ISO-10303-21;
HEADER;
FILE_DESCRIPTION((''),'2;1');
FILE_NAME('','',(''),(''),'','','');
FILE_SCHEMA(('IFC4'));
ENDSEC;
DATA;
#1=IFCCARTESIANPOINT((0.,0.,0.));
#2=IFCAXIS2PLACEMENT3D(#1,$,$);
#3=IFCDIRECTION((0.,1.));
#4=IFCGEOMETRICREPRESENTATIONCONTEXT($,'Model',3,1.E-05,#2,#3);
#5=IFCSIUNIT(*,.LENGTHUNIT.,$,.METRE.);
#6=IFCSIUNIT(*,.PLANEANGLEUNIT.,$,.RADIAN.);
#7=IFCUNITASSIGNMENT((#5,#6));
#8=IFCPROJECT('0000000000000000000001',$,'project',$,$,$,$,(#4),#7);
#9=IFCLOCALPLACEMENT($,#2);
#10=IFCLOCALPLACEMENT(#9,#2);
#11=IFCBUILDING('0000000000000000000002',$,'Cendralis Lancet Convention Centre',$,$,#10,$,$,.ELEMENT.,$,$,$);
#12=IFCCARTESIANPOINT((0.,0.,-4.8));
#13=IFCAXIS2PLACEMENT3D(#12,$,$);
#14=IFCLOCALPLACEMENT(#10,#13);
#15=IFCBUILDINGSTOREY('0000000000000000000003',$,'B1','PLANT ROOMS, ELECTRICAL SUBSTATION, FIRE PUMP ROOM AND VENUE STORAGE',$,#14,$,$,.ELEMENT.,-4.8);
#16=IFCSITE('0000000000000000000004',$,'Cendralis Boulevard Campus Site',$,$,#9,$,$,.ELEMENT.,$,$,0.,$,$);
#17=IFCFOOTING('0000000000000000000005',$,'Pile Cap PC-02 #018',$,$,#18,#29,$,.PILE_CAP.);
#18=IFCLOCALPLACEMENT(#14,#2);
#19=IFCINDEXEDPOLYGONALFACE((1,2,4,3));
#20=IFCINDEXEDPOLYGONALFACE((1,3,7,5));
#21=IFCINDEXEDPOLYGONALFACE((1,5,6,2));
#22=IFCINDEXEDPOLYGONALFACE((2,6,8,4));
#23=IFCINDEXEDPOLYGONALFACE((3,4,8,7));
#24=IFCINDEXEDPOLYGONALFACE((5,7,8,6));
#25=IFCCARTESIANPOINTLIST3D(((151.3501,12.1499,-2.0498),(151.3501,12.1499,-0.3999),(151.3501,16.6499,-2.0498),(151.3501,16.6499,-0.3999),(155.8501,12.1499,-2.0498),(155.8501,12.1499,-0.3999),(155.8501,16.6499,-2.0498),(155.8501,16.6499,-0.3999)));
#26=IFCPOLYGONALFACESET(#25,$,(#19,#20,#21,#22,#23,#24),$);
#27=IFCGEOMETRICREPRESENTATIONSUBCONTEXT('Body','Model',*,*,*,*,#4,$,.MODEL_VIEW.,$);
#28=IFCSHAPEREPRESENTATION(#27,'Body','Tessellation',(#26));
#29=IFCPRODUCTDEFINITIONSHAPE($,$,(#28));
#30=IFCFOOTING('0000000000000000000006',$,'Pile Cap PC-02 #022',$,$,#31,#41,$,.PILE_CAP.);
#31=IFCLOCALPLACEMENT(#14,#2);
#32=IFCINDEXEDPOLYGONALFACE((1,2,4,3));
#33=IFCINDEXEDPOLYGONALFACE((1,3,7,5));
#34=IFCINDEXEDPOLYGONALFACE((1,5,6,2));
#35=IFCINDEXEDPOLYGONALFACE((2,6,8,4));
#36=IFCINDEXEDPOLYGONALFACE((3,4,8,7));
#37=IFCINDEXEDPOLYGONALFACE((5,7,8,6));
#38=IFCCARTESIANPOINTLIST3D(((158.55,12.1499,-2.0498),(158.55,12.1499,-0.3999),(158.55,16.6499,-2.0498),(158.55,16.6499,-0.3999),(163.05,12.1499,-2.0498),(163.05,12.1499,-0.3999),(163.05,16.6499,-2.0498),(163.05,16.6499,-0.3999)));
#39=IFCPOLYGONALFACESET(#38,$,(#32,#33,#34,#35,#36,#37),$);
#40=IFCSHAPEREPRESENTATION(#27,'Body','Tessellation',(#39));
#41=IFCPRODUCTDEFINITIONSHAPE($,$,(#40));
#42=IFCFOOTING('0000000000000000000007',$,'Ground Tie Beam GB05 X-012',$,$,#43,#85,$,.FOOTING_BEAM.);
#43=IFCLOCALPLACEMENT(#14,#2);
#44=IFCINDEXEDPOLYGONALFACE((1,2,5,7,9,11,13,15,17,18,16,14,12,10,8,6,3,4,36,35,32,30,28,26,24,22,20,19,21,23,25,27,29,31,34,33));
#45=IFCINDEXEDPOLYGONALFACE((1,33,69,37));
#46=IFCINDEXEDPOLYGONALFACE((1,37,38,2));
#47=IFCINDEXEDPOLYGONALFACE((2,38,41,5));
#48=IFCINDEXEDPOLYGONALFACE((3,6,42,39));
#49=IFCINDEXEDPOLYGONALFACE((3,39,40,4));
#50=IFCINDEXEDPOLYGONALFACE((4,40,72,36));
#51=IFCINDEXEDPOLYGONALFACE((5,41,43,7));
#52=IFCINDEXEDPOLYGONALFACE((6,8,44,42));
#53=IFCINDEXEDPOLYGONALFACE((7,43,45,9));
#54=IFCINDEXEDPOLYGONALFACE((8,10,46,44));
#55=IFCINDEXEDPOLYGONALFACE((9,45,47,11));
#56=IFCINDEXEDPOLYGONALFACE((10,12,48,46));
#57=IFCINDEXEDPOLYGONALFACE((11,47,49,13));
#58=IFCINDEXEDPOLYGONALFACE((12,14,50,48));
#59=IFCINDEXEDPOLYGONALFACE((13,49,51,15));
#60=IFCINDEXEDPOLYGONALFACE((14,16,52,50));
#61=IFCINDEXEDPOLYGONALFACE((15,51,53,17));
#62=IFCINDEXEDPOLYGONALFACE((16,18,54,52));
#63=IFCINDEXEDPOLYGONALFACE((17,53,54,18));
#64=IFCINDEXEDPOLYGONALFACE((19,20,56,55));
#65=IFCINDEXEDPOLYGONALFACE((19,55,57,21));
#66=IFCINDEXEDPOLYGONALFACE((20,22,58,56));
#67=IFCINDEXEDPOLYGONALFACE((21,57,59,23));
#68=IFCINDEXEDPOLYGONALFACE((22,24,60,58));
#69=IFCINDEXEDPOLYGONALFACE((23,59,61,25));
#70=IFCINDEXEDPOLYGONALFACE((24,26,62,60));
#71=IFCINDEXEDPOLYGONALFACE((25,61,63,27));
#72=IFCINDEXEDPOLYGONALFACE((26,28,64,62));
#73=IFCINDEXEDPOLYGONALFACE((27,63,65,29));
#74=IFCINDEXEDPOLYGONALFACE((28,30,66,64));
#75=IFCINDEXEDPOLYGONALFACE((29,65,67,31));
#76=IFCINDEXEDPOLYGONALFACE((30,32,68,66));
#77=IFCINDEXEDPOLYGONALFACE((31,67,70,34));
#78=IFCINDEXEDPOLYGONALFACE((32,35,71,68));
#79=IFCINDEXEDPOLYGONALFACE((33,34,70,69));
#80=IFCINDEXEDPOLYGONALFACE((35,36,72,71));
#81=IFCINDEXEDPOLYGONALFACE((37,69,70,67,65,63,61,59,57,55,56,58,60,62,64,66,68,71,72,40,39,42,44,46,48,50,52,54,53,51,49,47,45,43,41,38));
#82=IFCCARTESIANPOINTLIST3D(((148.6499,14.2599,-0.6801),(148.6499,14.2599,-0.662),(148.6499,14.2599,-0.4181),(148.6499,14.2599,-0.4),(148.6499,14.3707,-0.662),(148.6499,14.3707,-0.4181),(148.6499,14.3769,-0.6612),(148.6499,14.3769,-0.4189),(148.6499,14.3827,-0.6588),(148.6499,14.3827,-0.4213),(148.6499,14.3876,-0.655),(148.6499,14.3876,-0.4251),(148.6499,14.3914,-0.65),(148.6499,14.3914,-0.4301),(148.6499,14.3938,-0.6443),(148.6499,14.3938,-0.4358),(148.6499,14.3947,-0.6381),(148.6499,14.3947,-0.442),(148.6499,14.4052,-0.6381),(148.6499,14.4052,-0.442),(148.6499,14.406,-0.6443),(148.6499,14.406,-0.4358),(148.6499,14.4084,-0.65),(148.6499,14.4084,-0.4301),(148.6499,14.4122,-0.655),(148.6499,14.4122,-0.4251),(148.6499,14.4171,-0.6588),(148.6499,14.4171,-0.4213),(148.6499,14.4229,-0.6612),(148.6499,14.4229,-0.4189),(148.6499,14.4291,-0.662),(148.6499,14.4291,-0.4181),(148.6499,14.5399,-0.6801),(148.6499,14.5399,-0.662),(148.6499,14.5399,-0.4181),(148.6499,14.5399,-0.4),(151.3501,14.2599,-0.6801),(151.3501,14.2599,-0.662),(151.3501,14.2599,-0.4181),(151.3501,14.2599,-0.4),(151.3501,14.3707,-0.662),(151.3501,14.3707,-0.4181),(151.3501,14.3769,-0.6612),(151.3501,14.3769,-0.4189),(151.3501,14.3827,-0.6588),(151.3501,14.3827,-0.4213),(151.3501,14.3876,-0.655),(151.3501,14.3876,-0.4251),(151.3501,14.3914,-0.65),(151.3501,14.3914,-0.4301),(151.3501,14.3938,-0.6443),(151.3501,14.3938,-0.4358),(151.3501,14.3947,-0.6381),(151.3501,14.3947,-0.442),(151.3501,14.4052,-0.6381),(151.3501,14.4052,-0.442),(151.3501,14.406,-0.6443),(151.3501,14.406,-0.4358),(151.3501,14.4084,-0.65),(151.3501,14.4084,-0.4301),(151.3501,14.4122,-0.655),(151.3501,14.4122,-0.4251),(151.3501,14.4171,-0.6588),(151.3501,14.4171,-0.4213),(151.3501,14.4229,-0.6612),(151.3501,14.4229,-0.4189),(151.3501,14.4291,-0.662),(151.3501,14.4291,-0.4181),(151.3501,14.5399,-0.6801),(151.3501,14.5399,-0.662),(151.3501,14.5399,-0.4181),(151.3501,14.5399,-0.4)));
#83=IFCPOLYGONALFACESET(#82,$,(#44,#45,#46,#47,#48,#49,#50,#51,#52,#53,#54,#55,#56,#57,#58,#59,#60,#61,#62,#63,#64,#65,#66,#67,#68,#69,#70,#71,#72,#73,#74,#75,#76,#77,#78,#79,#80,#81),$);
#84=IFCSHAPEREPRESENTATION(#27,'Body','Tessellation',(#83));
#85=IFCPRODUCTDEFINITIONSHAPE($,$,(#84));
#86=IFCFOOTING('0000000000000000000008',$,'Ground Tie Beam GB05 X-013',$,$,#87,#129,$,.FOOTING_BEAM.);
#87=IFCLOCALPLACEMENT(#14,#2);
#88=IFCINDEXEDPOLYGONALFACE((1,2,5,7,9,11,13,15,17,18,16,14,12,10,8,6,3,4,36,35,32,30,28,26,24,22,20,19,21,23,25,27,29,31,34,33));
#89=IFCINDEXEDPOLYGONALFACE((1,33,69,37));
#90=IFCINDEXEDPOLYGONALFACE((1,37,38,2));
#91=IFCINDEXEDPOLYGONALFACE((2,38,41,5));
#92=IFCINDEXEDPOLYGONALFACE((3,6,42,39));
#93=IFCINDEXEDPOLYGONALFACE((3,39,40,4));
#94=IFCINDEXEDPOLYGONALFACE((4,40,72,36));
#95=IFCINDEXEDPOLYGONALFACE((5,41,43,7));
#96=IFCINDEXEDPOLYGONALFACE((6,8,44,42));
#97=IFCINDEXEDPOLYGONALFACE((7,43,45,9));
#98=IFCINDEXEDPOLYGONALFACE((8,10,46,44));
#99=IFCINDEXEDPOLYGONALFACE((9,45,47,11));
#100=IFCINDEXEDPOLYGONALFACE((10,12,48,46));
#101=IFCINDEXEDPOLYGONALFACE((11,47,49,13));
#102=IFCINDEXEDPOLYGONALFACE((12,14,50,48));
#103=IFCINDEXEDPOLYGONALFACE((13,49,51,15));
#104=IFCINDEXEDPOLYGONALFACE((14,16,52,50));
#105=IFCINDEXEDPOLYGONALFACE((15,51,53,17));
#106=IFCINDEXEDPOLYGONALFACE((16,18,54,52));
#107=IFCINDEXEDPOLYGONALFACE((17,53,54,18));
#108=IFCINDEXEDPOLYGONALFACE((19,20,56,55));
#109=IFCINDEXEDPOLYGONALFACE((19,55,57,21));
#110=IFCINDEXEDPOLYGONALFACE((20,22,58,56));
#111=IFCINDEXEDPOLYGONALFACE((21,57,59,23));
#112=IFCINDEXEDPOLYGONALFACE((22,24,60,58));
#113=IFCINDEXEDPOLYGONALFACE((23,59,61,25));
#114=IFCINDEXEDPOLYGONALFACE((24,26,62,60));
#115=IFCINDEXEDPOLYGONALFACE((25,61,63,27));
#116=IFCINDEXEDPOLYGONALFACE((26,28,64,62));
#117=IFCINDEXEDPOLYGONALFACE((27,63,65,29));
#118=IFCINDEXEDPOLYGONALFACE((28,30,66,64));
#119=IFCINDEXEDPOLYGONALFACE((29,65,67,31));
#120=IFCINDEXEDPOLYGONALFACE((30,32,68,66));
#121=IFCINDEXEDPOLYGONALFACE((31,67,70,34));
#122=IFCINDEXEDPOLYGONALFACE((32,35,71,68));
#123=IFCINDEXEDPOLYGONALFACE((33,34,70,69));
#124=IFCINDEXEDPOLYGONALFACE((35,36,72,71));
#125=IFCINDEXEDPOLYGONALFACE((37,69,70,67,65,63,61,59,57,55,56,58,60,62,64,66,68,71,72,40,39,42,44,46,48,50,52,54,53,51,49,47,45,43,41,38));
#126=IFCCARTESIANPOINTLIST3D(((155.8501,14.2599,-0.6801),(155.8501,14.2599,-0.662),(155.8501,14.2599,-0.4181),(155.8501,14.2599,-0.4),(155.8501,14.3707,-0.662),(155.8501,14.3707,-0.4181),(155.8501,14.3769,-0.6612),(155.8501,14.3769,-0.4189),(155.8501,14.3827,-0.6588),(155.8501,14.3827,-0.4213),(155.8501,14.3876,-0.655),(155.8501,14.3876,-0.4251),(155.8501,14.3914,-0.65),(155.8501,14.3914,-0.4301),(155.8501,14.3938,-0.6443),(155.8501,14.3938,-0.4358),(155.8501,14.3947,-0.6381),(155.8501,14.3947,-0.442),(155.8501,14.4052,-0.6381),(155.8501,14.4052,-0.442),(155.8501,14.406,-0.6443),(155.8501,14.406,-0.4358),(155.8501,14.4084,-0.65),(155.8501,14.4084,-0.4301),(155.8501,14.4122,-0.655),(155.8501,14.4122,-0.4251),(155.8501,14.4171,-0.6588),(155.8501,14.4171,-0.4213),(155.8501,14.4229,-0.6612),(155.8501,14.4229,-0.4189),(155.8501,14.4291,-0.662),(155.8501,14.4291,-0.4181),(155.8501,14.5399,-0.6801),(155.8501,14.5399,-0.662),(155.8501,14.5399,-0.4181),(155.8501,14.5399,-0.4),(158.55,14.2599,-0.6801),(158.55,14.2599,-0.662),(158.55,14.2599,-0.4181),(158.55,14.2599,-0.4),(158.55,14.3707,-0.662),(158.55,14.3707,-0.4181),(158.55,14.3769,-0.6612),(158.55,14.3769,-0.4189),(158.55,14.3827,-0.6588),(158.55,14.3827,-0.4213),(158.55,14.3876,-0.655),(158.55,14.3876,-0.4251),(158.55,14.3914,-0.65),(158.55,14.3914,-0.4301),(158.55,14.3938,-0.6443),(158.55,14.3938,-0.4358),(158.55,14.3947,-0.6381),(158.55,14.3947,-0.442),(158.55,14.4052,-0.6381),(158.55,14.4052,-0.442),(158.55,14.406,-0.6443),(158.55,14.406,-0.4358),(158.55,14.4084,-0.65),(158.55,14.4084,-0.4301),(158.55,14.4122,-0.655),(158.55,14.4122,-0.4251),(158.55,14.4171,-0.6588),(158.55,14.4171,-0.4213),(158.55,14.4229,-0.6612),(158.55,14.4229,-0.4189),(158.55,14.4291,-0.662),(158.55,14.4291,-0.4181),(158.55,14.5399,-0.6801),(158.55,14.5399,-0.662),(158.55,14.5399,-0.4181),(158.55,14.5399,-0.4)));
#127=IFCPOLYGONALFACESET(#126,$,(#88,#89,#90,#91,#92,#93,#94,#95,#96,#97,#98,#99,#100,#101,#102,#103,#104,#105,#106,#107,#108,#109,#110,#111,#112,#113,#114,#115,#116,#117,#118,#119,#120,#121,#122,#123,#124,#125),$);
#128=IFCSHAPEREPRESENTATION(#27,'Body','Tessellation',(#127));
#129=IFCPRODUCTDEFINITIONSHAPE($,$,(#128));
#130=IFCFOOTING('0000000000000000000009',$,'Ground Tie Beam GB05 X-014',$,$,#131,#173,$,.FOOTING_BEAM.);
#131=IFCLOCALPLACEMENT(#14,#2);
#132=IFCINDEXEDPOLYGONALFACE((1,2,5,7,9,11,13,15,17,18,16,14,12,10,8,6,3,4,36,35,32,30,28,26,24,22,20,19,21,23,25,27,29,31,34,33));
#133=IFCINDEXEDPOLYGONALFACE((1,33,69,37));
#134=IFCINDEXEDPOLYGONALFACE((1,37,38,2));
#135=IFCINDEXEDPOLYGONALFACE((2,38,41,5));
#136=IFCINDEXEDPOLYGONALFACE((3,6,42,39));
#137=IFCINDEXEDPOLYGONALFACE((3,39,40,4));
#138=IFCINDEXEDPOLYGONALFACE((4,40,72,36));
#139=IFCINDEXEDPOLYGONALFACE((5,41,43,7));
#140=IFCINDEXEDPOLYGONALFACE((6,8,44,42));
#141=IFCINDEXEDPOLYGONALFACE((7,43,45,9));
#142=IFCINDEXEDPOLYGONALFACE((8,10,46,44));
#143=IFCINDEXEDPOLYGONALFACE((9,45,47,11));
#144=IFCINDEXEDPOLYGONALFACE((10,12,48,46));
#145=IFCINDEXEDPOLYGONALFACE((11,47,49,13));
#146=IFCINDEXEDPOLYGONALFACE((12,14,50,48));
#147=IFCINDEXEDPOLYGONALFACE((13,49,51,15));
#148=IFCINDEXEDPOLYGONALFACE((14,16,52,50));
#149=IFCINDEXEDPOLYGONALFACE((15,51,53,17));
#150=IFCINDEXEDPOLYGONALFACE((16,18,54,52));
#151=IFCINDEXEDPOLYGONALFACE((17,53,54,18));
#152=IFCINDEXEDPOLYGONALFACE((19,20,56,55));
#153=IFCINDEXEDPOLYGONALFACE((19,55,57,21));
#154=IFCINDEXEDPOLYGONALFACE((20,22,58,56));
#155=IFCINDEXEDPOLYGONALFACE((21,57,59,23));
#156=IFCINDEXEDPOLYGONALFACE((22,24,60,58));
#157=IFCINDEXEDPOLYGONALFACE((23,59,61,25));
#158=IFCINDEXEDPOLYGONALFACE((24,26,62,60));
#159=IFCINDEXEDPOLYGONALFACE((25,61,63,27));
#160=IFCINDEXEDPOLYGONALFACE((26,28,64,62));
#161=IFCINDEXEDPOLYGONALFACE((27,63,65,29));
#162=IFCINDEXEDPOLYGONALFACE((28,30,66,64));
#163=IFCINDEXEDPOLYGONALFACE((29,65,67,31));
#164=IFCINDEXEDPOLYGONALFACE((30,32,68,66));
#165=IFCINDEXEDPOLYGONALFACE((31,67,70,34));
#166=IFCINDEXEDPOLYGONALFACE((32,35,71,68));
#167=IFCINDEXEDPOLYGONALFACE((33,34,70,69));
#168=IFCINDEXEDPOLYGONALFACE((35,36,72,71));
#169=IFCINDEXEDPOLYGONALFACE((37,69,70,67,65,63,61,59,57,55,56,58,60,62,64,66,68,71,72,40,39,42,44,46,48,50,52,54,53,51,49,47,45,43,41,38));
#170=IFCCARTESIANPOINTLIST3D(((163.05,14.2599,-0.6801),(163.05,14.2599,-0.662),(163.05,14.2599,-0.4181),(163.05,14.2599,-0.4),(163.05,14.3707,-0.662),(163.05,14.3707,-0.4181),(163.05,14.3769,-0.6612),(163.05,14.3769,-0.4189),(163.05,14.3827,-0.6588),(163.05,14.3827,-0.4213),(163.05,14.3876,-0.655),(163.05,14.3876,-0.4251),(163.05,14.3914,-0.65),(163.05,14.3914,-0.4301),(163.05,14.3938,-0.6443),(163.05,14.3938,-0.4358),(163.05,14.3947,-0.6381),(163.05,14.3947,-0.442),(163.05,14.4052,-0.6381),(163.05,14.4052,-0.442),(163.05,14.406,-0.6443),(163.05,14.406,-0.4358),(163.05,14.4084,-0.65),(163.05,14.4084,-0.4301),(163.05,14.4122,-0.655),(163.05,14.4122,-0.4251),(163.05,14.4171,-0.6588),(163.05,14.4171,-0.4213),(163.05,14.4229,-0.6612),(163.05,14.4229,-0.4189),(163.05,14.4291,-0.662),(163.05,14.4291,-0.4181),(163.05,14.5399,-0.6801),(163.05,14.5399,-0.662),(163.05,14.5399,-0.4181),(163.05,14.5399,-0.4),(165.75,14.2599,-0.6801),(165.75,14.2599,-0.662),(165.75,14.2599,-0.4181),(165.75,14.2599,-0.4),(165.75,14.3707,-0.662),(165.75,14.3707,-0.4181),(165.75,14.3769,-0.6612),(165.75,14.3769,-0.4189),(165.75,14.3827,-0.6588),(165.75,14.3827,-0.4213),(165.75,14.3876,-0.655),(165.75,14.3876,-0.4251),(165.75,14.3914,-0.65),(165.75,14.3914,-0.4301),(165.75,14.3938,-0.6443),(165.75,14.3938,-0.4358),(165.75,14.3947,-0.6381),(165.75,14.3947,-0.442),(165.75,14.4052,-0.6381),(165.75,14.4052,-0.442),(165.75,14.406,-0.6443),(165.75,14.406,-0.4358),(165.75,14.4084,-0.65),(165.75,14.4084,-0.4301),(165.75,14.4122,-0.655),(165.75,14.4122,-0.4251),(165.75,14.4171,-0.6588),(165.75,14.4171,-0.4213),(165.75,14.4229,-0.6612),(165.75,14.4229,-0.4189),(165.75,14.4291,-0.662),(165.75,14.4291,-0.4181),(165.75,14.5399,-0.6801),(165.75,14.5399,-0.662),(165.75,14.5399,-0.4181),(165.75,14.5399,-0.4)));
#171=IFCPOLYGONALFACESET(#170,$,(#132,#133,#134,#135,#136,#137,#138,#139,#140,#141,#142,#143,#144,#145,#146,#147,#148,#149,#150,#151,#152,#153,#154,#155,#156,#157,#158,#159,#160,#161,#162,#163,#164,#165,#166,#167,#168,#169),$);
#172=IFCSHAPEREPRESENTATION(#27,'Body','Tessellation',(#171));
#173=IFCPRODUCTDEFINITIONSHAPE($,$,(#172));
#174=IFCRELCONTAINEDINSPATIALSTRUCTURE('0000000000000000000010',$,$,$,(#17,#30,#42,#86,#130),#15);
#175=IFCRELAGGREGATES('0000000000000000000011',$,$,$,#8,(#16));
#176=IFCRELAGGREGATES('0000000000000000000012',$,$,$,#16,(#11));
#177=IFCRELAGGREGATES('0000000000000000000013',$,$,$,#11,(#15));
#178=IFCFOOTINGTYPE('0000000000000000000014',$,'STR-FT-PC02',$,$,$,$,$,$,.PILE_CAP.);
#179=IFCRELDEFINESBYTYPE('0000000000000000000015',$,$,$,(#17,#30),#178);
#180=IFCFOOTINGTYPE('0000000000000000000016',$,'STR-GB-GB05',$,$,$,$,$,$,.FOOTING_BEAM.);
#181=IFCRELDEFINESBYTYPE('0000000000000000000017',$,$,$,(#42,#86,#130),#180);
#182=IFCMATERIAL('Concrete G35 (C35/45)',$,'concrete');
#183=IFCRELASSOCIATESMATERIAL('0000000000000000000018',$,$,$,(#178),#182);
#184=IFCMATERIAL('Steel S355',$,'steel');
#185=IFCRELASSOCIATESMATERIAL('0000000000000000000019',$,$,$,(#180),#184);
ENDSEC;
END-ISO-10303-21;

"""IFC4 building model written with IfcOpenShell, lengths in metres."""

from ifc_helpers import new_model, si_unit, direction, frame, origin, origin_2d, place, context, subcontext, project, spatial, rectangle, i_section, extrude, material, material_profile, profile_set, type_object, element, save


model = new_model("IFC4")

# Units and contexts
model_context = context("Model", 3, precision=1e-05, world=origin(), true_north=direction((0.0, 1.0)))
body_context = subcontext(model_context, "Body", "Model", "MODEL_VIEW")
ifc_project = project(units=[si_unit("LENGTHUNIT", "METRE"), si_unit("PLANEANGLEUNIT", "RADIAN")], contexts=[model_context])

# Site, building, storey
site_placement = place(None, origin())
site = spatial("IfcSite", under=ifc_project, at=site_placement, Name="Cendralis Boulevard Campus Site", CompositionType="ELEMENT", RefElevation=0.0)
building_placement = place(site_placement, origin())
building = spatial("IfcBuilding", under=site, at=building_placement, Name="Cendralis Lancet Convention Centre", CompositionType="ELEMENT")
storey_placement = place(building_placement, frame((0.0, 0.0, -4.8)))
storey = spatial("IfcBuildingStorey", under=building, at=storey_placement, Name="B1", Description="PLANT ROOMS, ELECTRICAL SUBSTATION, FIRE PUMP ROOM AND VENUE STORAGE", CompositionType="ELEMENT", Elevation=-4.8)

# Footings
ifc_material_1 = material(Name="Concrete G35 (C35/45)", Category="concrete")
footing_type_1 = type_object("IfcFootingType", Name="STR-FT-PC02", PredefinedType="PILE_CAP", material=ifc_material_1)
for number, where, z_axis, x_axis, name in (
    (1, (153.6001, 14.3999, -2.0498), (0.0, 0.0, 1.0), (1.0, 0.0, 0.0), "Pile Cap PC-02 #018"),
    (2, (160.8, 14.3999, -2.0498), (0.0, 0.0, 1.0), (1.0, 0.0, 0.0), "Pile Cap PC-02 #022"),
):
    element("IfcFooting", number, at=place(storey_placement, frame(where, z_axis=z_axis, x_axis=x_axis)), inside=storey, type_object=footing_type_1, Name=name, PredefinedType="PILE_CAP", context=body_context, shape_type="SweptSolid", body=[
        extrude(rectangle(XDim=4.5, YDim=4.5, at=origin_2d()), origin(), (0.0, 0.0, 1.0), 1.6499),
    ])
ifc_material_2 = material(Name="Steel S355", Category="steel")
ifc_material_profile_1 = material_profile(ifc_material_2, i_section(OverallWidth=0.28, OverallDepth=0.28, WebThickness=0.0105, FlangeThickness=0.0181, FilletRadius=0.0239, at=origin_2d()), Name="HEB 280")
ifc_profile_set_1 = profile_set([ifc_material_profile_1], Name="Steel S355")
footing_type_2 = type_object("IfcFootingType", Name="STR-GB-GB05", PredefinedType="FOOTING_BEAM", material=ifc_profile_set_1)
footing_placement = place(storey_placement, frame((148.6499, 14.3999, -0.54), z_axis=(1.0, 0.0, 0.0), x_axis=(0.0, 1.0, 0.0)))
element("IfcFooting", 3, at=footing_placement, inside=storey, type_object=footing_type_2, Name="Ground Tie Beam GB05 X-012", PredefinedType="FOOTING_BEAM", context=body_context, shape_type="SweptSolid", body=[
    extrude(i_section(OverallWidth=0.28, OverallDepth=0.28, WebThickness=0.0105, FlangeThickness=0.0181, FilletRadius=0.0239, at=origin_2d()), origin(), (0.0, 0.0, 1.0), 2.7002),
])
for number, where, z_axis, x_axis, name in (
    (4, (155.8501, 14.3999, -0.54), (1.0, 0.0, 0.0), (0.0, 1.0, 0.0), "Ground Tie Beam GB05 X-013"),
    (5, (163.05, 14.3999, -0.54), (1.0, 0.0, 0.0), (0.0, 1.0, 0.0), "Ground Tie Beam GB05 X-014"),
):
    element("IfcFooting", number, at=place(storey_placement, frame(where, z_axis=z_axis, x_axis=x_axis)), inside=storey, type_object=footing_type_2, Name=name, PredefinedType="FOOTING_BEAM", context=body_context, shape_type="SweptSolid", body=[
        extrude(i_section(OverallWidth=0.28, OverallDepth=0.28, WebThickness=0.0105, FlangeThickness=0.0181, FilletRadius=0.0239, at=origin_2d()), origin(), (0.0, 0.0, 1.0), 2.7),
    ])

save(model, "model.ifc")
